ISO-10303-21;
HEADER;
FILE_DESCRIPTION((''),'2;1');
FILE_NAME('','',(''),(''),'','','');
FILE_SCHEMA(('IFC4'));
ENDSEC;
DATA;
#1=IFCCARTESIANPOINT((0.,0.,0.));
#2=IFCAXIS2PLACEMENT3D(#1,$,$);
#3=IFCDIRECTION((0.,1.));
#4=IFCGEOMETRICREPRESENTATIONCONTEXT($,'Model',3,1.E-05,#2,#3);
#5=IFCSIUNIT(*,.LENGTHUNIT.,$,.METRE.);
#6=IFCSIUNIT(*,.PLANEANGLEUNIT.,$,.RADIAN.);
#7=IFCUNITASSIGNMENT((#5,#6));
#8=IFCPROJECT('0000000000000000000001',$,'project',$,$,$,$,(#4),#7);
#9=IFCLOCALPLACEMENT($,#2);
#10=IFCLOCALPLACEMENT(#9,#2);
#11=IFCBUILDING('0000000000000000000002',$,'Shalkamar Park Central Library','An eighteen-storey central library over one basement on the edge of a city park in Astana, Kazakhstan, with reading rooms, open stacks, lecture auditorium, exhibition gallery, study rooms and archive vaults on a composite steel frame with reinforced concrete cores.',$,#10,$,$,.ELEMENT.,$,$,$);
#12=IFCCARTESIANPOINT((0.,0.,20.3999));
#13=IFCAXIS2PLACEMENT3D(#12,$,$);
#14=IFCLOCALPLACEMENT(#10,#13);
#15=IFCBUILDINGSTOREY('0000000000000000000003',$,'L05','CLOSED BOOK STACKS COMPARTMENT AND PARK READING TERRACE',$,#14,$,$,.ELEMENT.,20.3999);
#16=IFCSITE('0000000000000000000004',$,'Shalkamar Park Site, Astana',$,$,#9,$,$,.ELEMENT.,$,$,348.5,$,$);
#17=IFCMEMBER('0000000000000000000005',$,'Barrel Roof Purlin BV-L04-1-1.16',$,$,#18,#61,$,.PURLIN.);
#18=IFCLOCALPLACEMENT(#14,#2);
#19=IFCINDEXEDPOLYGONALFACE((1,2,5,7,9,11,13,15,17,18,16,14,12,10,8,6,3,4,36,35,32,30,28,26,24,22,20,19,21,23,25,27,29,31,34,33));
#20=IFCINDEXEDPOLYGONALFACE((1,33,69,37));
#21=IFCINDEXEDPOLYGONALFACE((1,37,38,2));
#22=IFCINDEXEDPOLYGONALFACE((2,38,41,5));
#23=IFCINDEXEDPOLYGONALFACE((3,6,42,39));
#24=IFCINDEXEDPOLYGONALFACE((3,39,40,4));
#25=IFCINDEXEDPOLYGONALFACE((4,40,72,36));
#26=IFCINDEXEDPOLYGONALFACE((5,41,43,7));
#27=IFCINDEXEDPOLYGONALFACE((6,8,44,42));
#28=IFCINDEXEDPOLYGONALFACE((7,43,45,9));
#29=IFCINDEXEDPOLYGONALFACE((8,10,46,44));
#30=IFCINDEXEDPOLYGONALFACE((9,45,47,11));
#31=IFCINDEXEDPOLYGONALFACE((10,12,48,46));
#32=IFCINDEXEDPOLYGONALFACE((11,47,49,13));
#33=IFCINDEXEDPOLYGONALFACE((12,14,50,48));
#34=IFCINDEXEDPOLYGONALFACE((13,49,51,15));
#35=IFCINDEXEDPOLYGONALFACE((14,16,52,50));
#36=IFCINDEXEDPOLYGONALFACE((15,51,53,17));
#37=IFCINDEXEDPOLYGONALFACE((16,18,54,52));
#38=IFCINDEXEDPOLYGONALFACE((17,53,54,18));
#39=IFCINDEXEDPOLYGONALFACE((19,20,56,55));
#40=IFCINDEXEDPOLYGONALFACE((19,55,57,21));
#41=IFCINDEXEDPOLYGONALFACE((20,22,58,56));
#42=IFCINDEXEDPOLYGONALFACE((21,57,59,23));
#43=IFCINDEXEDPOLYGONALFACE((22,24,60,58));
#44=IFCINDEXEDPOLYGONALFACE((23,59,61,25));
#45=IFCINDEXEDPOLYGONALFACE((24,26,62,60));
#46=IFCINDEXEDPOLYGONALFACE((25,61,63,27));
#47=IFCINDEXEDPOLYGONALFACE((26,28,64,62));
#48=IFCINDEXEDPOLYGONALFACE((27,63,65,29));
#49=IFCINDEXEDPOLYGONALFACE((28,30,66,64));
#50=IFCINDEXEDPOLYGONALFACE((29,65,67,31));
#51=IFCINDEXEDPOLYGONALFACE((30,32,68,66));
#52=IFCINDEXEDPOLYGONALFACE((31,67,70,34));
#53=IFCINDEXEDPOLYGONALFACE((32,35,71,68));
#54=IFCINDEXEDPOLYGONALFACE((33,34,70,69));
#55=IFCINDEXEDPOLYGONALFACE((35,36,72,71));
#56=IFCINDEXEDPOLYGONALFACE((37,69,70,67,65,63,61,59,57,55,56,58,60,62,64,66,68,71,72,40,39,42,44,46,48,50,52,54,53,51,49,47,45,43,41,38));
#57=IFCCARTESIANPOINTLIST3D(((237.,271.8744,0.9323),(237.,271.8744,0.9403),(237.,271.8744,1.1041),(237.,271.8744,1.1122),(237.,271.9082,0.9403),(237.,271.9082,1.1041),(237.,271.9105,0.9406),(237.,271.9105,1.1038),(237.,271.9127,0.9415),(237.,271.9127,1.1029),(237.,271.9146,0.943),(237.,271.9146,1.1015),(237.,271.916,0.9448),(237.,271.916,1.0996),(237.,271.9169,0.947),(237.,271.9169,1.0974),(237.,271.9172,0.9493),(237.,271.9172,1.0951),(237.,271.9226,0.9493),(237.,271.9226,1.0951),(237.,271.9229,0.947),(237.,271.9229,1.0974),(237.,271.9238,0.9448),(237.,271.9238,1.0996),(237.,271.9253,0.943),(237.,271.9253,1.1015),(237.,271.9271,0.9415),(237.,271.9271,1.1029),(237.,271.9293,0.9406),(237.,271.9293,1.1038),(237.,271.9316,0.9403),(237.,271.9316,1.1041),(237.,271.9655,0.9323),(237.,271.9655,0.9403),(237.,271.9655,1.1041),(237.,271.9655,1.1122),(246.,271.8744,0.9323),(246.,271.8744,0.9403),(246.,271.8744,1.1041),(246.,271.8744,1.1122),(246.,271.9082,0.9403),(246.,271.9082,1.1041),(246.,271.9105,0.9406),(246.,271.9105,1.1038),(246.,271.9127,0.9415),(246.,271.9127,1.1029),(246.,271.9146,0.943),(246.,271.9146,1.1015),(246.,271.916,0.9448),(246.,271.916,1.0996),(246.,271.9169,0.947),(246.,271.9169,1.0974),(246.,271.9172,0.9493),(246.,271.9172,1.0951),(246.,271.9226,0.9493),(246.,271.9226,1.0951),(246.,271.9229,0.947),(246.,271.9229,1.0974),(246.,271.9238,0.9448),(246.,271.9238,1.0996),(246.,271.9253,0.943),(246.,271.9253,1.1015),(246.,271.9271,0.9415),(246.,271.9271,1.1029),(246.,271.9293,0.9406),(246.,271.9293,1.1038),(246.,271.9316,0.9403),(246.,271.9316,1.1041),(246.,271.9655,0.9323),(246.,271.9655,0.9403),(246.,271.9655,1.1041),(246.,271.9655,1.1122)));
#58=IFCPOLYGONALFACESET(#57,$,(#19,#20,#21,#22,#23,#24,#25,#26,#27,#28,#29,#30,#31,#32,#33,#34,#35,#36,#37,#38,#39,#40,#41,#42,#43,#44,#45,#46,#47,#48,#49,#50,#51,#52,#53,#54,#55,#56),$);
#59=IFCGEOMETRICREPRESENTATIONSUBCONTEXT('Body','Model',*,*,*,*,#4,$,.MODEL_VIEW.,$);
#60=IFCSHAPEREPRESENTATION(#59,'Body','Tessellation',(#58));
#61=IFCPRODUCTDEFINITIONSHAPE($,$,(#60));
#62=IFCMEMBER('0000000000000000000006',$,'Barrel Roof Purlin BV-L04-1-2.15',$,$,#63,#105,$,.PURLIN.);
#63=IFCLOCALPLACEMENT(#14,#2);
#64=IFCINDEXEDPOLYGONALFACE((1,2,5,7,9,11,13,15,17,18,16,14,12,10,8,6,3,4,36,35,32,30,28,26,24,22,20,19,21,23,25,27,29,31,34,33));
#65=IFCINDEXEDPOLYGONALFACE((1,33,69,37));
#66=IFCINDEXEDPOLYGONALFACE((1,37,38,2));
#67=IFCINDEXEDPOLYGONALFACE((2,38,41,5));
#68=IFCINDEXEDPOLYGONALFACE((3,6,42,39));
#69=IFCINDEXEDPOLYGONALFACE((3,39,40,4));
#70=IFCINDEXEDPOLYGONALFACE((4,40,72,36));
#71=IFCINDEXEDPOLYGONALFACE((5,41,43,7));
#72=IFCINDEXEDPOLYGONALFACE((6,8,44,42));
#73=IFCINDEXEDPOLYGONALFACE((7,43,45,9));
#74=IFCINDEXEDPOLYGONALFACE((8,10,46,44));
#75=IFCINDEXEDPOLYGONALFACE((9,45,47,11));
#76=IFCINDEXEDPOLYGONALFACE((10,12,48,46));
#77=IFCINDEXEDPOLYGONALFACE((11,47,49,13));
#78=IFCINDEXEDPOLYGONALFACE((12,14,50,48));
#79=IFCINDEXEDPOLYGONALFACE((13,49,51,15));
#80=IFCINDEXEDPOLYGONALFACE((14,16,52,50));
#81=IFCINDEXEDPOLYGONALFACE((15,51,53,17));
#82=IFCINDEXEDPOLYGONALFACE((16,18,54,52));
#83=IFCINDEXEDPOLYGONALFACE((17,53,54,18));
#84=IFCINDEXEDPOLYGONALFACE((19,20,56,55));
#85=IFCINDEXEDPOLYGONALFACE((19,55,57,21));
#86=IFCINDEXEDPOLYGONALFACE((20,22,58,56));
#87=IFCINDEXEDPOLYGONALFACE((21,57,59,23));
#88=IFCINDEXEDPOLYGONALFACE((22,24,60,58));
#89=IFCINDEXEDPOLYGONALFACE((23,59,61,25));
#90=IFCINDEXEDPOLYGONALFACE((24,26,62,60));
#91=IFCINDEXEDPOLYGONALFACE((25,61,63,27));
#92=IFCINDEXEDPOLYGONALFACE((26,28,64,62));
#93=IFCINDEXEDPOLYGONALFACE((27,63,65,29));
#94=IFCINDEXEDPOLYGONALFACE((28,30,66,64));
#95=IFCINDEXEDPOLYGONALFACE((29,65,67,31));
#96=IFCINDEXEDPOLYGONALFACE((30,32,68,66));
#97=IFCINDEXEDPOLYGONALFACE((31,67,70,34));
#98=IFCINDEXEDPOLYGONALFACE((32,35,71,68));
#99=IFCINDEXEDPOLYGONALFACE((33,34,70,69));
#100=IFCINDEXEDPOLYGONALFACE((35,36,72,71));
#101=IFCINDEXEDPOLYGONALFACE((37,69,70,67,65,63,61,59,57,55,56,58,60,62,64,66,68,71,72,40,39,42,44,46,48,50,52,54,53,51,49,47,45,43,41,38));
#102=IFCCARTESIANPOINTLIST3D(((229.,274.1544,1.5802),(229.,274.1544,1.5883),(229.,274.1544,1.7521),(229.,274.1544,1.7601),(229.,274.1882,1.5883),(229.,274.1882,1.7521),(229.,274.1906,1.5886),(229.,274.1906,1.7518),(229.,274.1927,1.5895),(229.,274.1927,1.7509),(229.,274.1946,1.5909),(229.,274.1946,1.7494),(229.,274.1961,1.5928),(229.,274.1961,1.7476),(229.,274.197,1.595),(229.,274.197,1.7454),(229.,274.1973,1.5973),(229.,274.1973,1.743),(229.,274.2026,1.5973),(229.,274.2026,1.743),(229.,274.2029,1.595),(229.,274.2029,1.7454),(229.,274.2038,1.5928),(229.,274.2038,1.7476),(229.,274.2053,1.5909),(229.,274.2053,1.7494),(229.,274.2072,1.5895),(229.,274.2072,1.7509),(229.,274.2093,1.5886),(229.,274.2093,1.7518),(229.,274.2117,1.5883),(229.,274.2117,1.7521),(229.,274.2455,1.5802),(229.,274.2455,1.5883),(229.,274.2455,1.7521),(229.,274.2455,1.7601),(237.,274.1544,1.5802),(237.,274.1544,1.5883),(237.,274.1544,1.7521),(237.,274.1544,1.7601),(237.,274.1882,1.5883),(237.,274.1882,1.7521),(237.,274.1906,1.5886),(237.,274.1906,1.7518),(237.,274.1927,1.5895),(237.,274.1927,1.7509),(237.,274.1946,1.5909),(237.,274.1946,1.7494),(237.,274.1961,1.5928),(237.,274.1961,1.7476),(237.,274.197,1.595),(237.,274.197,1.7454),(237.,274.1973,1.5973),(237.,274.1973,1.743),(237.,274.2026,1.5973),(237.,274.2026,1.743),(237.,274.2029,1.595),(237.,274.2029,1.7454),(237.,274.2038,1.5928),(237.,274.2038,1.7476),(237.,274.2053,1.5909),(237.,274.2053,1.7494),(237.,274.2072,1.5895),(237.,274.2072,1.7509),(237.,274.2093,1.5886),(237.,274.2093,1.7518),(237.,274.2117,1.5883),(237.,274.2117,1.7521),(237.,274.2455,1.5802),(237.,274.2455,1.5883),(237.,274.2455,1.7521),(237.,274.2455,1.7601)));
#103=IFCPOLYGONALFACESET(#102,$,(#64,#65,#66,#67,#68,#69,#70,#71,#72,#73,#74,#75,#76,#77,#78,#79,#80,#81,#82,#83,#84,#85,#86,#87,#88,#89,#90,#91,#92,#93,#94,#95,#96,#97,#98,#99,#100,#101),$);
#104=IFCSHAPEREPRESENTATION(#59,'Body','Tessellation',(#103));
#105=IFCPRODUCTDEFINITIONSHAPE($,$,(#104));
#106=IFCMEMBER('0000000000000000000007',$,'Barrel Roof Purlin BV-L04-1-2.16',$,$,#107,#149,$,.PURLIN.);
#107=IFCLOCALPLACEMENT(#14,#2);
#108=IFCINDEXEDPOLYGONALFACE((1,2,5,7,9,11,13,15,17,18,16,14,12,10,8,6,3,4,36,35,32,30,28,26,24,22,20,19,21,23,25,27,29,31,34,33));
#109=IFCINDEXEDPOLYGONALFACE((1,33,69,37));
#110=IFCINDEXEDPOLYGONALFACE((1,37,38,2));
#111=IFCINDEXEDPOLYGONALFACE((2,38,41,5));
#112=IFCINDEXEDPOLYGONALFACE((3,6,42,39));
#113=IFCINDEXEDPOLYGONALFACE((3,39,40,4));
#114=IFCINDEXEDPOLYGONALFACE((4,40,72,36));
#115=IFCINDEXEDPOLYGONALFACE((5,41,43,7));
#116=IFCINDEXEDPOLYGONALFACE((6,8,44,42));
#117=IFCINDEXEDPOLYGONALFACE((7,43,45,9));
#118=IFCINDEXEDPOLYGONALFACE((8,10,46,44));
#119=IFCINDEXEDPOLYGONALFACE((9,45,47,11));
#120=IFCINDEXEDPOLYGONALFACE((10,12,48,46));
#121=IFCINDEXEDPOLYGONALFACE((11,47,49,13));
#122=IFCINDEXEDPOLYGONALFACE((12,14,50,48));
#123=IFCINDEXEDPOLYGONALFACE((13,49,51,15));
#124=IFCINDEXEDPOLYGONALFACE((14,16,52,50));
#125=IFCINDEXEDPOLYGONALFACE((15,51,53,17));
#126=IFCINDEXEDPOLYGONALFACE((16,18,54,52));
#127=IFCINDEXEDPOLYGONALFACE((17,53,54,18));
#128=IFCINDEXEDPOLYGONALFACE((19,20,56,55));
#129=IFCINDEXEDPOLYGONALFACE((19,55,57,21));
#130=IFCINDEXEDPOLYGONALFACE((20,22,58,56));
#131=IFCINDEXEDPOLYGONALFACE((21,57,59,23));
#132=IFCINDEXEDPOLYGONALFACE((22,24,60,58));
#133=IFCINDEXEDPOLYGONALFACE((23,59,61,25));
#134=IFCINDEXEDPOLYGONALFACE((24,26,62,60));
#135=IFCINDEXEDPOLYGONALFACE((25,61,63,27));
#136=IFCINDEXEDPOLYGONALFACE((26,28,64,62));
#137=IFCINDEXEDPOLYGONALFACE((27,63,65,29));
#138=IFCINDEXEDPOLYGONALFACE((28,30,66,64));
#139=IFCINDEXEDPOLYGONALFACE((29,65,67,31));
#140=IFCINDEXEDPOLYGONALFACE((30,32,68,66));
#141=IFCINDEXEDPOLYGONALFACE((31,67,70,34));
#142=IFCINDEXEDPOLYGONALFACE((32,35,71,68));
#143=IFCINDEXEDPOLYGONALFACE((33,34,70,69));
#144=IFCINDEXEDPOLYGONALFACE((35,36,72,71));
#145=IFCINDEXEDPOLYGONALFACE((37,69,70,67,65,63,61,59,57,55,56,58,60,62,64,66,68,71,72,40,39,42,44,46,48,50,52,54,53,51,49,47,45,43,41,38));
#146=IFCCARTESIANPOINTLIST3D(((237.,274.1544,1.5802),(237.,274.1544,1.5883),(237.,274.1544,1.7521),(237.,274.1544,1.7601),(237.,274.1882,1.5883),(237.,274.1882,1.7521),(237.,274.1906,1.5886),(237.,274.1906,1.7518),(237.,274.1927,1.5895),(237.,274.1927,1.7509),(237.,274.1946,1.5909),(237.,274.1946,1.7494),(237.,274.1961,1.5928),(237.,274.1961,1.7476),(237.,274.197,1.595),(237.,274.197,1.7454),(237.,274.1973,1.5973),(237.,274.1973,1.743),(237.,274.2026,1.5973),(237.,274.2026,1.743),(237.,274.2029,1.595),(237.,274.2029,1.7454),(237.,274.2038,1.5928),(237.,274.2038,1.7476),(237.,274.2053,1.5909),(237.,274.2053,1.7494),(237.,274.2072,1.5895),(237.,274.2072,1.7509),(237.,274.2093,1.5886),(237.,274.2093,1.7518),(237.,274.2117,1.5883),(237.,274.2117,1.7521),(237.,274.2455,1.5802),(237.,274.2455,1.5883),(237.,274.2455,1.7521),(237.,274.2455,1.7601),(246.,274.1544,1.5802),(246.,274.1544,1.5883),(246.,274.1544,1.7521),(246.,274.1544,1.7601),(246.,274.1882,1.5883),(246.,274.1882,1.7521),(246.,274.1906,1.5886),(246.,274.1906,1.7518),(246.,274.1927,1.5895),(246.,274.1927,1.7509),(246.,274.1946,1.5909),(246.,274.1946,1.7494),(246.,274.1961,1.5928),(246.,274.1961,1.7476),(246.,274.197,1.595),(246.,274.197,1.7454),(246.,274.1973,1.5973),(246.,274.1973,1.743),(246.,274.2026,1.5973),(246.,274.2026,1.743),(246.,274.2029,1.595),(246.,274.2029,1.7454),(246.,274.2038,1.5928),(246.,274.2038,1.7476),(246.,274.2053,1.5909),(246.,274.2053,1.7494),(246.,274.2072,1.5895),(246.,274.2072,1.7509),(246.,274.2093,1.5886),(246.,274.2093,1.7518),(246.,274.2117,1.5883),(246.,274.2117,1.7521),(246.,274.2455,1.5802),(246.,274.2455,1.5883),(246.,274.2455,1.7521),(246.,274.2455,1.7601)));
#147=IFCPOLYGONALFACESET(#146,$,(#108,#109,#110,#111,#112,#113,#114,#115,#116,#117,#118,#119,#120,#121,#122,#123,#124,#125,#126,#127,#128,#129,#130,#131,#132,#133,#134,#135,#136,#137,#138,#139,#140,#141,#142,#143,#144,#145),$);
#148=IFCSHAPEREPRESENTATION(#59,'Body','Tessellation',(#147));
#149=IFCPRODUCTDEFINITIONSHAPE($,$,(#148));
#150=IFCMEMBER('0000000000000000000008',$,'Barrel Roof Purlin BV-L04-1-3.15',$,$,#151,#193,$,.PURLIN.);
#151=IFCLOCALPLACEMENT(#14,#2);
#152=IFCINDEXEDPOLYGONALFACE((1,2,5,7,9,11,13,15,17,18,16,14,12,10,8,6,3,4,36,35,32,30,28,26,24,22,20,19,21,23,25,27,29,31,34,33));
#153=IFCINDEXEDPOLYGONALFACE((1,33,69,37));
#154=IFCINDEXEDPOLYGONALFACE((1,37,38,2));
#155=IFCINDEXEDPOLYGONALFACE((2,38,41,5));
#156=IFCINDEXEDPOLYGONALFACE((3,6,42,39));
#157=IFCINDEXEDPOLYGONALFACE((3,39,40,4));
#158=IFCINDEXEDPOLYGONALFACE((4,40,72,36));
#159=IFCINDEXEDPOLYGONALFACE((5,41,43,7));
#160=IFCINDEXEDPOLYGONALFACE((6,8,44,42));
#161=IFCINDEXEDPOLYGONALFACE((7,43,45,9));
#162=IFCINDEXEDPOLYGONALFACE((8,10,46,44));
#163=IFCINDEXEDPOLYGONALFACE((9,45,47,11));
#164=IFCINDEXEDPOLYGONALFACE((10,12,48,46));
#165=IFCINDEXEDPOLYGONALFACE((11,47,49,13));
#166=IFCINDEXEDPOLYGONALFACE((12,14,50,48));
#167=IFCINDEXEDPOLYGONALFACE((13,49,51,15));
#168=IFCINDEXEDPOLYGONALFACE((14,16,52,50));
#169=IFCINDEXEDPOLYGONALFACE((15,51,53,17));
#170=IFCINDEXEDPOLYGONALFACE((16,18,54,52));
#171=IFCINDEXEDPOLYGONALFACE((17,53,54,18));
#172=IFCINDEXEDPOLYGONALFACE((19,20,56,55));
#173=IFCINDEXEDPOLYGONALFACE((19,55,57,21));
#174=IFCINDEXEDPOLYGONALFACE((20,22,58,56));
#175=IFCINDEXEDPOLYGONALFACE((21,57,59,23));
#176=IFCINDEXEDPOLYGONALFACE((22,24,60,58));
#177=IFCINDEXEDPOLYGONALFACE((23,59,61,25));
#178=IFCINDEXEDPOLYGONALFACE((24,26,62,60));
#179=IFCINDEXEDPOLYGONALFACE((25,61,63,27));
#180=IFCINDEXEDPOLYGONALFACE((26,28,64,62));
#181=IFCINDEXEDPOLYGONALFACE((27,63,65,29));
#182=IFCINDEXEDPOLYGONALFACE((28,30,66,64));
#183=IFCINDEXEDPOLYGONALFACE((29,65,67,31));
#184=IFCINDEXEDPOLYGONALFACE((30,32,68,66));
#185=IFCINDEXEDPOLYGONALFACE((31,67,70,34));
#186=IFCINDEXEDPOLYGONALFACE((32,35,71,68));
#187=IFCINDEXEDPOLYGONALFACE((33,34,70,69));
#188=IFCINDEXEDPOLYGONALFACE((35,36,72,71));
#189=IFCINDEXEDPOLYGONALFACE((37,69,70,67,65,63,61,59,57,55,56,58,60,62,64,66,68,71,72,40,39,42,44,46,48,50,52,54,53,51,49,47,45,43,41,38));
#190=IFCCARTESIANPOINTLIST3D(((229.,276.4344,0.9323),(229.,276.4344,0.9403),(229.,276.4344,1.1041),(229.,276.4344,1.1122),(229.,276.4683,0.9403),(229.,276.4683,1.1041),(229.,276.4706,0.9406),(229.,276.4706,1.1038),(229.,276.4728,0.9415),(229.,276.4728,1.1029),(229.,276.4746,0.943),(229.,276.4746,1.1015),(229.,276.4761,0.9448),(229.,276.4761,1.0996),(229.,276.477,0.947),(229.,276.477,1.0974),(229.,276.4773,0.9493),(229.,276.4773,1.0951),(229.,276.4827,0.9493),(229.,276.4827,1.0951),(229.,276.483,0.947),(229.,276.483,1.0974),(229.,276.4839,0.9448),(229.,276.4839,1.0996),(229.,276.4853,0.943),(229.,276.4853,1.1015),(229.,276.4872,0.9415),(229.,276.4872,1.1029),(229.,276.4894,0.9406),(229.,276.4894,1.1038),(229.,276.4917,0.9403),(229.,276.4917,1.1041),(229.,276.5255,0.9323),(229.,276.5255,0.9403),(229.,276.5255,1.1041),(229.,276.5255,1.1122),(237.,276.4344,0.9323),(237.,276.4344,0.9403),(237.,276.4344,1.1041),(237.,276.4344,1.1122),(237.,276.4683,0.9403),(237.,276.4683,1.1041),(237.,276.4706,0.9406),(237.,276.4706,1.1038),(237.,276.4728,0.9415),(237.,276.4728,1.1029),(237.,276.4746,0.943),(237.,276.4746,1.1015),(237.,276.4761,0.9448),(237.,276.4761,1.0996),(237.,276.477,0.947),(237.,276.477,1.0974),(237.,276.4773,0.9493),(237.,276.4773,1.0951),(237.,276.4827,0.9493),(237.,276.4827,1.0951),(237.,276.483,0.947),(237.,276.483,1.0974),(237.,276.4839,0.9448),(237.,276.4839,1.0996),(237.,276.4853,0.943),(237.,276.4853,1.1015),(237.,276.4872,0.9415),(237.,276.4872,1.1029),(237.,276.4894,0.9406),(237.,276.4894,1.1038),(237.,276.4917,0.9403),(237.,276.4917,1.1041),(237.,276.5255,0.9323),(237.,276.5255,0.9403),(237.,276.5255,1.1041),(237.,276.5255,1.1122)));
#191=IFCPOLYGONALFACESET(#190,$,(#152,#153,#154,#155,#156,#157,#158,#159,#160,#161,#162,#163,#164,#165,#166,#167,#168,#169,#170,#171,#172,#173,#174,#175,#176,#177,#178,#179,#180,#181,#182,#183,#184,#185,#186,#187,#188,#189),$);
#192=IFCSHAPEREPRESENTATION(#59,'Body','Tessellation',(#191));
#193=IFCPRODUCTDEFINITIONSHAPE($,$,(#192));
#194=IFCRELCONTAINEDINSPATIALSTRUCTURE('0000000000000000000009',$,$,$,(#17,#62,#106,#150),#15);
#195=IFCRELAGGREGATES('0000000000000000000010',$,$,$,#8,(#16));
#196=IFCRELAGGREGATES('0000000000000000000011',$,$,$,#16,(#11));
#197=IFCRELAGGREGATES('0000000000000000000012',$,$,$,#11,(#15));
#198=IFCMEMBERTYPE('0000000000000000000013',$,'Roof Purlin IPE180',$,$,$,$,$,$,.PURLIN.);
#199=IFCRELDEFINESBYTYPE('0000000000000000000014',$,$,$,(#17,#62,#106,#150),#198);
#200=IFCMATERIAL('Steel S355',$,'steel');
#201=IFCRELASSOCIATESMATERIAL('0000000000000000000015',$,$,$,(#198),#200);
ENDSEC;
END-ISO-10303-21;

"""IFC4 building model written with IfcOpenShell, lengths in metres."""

from ifc_helpers import new_model, si_unit, direction, frame, origin, origin_2d, place, context, subcontext, project, spatial, i_section, extrude, material, material_profile, profile_set, type_object, element, save


model = new_model("IFC4")

# Units and contexts
model_context = context("Model", 3, precision=1e-05, world=origin(), true_north=direction((0.0, 1.0)))
body_context = subcontext(model_context, "Body", "Model", "MODEL_VIEW")
ifc_project = project(units=[si_unit("LENGTHUNIT", "METRE"), si_unit("PLANEANGLEUNIT", "RADIAN")], contexts=[model_context])

# Site, building, storey
site_placement = place(None, origin())
site = spatial("IfcSite", under=ifc_project, at=site_placement, Name="Shalkamar Park Site, Astana", CompositionType="ELEMENT", RefElevation=348.5)
building_placement = place(site_placement, origin())
building = spatial("IfcBuilding", under=site, at=building_placement, Name="Shalkamar Park Central Library", Description="An eighteen-storey central library over one basement on the edge of a city park in Astana, Kazakhstan, with reading rooms, open stacks, lecture auditorium, exhibition gallery, study rooms and archive vaults on a composite steel frame with reinforced concrete cores.", CompositionType="ELEMENT")
storey_placement = place(building_placement, frame((0.0, 0.0, 20.3999)))
storey = spatial("IfcBuildingStorey", under=building, at=storey_placement, Name="L05", Description="CLOSED BOOK STACKS COMPARTMENT AND PARK READING TERRACE", CompositionType="ELEMENT", Elevation=20.3999)

# Members
ifc_material_1 = material(Name="Steel S355", Category="steel")
ifc_material_profile_1 = material_profile(ifc_material_1, i_section(OverallWidth=0.0911, OverallDepth=0.1799, WebThickness=0.0054, FlangeThickness=0.0081, FilletRadius=0.009, at=origin_2d()), Name="IPE 180")
ifc_profile_set_1 = profile_set([ifc_material_profile_1], Name="Steel S355")
member_type_1 = type_object("IfcMemberType", Name="Roof Purlin IPE180", PredefinedType="PURLIN", material=ifc_profile_set_1)
member_1_placement = place(storey_placement, frame((237.0, 271.9199, 1.0222), z_axis=(1.0, 0.0, 0.0), x_axis=(0.0, 1.0, 0.0)))
element("IfcMember", 1, at=member_1_placement, inside=storey, type_object=member_type_1, Name="Barrel Roof Purlin BV-L04-1-1.16", PredefinedType="PURLIN", context=body_context, shape_type="SweptSolid", body=[
    extrude(i_section(OverallWidth=0.0911, OverallDepth=0.1799, WebThickness=0.0054, FlangeThickness=0.0081, FilletRadius=0.009, at=origin_2d()), origin(), (0.0, 0.0, 1.0), 9.0),
])
member_2_placement = place(storey_placement, frame((229.0, 274.2, 1.6702), z_axis=(1.0, 0.0, 0.0), x_axis=(0.0, 1.0, 0.0)))
element("IfcMember", 2, at=member_2_placement, inside=storey, type_object=member_type_1, Name="Barrel Roof Purlin BV-L04-1-2.15", PredefinedType="PURLIN", context=body_context, shape_type="SweptSolid", body=[
    extrude(i_section(OverallWidth=0.0911, OverallDepth=0.1799, WebThickness=0.0054, FlangeThickness=0.0081, FilletRadius=0.009, at=origin_2d()), origin(), (0.0, 0.0, 1.0), 8.0),
])
member_3_placement = place(storey_placement, frame((237.0, 274.2, 1.6702), z_axis=(1.0, 0.0, 0.0), x_axis=(0.0, 1.0, 0.0)))
element("IfcMember", 3, at=member_3_placement, inside=storey, type_object=member_type_1, Name="Barrel Roof Purlin BV-L04-1-2.16", PredefinedType="PURLIN", context=body_context, shape_type="SweptSolid", body=[
    extrude(i_section(OverallWidth=0.0911, OverallDepth=0.1799, WebThickness=0.0054, FlangeThickness=0.0081, FilletRadius=0.009, at=origin_2d()), origin(), (0.0, 0.0, 1.0), 9.0),
])
member_4_placement = place(storey_placement, frame((229.0, 276.48, 1.0222), z_axis=(1.0, 0.0, 0.0), x_axis=(0.0, 1.0, 0.0)))
element("IfcMember", 4, at=member_4_placement, inside=storey, type_object=member_type_1, Name="Barrel Roof Purlin BV-L04-1-3.15", PredefinedType="PURLIN", context=body_context, shape_type="SweptSolid", body=[
    extrude(i_section(OverallWidth=0.0911, OverallDepth=0.1799, WebThickness=0.0054, FlangeThickness=0.0081, FilletRadius=0.009, at=origin_2d()), origin(), (0.0, 0.0, 1.0), 8.0),
])

save(model, "model.ifc")
